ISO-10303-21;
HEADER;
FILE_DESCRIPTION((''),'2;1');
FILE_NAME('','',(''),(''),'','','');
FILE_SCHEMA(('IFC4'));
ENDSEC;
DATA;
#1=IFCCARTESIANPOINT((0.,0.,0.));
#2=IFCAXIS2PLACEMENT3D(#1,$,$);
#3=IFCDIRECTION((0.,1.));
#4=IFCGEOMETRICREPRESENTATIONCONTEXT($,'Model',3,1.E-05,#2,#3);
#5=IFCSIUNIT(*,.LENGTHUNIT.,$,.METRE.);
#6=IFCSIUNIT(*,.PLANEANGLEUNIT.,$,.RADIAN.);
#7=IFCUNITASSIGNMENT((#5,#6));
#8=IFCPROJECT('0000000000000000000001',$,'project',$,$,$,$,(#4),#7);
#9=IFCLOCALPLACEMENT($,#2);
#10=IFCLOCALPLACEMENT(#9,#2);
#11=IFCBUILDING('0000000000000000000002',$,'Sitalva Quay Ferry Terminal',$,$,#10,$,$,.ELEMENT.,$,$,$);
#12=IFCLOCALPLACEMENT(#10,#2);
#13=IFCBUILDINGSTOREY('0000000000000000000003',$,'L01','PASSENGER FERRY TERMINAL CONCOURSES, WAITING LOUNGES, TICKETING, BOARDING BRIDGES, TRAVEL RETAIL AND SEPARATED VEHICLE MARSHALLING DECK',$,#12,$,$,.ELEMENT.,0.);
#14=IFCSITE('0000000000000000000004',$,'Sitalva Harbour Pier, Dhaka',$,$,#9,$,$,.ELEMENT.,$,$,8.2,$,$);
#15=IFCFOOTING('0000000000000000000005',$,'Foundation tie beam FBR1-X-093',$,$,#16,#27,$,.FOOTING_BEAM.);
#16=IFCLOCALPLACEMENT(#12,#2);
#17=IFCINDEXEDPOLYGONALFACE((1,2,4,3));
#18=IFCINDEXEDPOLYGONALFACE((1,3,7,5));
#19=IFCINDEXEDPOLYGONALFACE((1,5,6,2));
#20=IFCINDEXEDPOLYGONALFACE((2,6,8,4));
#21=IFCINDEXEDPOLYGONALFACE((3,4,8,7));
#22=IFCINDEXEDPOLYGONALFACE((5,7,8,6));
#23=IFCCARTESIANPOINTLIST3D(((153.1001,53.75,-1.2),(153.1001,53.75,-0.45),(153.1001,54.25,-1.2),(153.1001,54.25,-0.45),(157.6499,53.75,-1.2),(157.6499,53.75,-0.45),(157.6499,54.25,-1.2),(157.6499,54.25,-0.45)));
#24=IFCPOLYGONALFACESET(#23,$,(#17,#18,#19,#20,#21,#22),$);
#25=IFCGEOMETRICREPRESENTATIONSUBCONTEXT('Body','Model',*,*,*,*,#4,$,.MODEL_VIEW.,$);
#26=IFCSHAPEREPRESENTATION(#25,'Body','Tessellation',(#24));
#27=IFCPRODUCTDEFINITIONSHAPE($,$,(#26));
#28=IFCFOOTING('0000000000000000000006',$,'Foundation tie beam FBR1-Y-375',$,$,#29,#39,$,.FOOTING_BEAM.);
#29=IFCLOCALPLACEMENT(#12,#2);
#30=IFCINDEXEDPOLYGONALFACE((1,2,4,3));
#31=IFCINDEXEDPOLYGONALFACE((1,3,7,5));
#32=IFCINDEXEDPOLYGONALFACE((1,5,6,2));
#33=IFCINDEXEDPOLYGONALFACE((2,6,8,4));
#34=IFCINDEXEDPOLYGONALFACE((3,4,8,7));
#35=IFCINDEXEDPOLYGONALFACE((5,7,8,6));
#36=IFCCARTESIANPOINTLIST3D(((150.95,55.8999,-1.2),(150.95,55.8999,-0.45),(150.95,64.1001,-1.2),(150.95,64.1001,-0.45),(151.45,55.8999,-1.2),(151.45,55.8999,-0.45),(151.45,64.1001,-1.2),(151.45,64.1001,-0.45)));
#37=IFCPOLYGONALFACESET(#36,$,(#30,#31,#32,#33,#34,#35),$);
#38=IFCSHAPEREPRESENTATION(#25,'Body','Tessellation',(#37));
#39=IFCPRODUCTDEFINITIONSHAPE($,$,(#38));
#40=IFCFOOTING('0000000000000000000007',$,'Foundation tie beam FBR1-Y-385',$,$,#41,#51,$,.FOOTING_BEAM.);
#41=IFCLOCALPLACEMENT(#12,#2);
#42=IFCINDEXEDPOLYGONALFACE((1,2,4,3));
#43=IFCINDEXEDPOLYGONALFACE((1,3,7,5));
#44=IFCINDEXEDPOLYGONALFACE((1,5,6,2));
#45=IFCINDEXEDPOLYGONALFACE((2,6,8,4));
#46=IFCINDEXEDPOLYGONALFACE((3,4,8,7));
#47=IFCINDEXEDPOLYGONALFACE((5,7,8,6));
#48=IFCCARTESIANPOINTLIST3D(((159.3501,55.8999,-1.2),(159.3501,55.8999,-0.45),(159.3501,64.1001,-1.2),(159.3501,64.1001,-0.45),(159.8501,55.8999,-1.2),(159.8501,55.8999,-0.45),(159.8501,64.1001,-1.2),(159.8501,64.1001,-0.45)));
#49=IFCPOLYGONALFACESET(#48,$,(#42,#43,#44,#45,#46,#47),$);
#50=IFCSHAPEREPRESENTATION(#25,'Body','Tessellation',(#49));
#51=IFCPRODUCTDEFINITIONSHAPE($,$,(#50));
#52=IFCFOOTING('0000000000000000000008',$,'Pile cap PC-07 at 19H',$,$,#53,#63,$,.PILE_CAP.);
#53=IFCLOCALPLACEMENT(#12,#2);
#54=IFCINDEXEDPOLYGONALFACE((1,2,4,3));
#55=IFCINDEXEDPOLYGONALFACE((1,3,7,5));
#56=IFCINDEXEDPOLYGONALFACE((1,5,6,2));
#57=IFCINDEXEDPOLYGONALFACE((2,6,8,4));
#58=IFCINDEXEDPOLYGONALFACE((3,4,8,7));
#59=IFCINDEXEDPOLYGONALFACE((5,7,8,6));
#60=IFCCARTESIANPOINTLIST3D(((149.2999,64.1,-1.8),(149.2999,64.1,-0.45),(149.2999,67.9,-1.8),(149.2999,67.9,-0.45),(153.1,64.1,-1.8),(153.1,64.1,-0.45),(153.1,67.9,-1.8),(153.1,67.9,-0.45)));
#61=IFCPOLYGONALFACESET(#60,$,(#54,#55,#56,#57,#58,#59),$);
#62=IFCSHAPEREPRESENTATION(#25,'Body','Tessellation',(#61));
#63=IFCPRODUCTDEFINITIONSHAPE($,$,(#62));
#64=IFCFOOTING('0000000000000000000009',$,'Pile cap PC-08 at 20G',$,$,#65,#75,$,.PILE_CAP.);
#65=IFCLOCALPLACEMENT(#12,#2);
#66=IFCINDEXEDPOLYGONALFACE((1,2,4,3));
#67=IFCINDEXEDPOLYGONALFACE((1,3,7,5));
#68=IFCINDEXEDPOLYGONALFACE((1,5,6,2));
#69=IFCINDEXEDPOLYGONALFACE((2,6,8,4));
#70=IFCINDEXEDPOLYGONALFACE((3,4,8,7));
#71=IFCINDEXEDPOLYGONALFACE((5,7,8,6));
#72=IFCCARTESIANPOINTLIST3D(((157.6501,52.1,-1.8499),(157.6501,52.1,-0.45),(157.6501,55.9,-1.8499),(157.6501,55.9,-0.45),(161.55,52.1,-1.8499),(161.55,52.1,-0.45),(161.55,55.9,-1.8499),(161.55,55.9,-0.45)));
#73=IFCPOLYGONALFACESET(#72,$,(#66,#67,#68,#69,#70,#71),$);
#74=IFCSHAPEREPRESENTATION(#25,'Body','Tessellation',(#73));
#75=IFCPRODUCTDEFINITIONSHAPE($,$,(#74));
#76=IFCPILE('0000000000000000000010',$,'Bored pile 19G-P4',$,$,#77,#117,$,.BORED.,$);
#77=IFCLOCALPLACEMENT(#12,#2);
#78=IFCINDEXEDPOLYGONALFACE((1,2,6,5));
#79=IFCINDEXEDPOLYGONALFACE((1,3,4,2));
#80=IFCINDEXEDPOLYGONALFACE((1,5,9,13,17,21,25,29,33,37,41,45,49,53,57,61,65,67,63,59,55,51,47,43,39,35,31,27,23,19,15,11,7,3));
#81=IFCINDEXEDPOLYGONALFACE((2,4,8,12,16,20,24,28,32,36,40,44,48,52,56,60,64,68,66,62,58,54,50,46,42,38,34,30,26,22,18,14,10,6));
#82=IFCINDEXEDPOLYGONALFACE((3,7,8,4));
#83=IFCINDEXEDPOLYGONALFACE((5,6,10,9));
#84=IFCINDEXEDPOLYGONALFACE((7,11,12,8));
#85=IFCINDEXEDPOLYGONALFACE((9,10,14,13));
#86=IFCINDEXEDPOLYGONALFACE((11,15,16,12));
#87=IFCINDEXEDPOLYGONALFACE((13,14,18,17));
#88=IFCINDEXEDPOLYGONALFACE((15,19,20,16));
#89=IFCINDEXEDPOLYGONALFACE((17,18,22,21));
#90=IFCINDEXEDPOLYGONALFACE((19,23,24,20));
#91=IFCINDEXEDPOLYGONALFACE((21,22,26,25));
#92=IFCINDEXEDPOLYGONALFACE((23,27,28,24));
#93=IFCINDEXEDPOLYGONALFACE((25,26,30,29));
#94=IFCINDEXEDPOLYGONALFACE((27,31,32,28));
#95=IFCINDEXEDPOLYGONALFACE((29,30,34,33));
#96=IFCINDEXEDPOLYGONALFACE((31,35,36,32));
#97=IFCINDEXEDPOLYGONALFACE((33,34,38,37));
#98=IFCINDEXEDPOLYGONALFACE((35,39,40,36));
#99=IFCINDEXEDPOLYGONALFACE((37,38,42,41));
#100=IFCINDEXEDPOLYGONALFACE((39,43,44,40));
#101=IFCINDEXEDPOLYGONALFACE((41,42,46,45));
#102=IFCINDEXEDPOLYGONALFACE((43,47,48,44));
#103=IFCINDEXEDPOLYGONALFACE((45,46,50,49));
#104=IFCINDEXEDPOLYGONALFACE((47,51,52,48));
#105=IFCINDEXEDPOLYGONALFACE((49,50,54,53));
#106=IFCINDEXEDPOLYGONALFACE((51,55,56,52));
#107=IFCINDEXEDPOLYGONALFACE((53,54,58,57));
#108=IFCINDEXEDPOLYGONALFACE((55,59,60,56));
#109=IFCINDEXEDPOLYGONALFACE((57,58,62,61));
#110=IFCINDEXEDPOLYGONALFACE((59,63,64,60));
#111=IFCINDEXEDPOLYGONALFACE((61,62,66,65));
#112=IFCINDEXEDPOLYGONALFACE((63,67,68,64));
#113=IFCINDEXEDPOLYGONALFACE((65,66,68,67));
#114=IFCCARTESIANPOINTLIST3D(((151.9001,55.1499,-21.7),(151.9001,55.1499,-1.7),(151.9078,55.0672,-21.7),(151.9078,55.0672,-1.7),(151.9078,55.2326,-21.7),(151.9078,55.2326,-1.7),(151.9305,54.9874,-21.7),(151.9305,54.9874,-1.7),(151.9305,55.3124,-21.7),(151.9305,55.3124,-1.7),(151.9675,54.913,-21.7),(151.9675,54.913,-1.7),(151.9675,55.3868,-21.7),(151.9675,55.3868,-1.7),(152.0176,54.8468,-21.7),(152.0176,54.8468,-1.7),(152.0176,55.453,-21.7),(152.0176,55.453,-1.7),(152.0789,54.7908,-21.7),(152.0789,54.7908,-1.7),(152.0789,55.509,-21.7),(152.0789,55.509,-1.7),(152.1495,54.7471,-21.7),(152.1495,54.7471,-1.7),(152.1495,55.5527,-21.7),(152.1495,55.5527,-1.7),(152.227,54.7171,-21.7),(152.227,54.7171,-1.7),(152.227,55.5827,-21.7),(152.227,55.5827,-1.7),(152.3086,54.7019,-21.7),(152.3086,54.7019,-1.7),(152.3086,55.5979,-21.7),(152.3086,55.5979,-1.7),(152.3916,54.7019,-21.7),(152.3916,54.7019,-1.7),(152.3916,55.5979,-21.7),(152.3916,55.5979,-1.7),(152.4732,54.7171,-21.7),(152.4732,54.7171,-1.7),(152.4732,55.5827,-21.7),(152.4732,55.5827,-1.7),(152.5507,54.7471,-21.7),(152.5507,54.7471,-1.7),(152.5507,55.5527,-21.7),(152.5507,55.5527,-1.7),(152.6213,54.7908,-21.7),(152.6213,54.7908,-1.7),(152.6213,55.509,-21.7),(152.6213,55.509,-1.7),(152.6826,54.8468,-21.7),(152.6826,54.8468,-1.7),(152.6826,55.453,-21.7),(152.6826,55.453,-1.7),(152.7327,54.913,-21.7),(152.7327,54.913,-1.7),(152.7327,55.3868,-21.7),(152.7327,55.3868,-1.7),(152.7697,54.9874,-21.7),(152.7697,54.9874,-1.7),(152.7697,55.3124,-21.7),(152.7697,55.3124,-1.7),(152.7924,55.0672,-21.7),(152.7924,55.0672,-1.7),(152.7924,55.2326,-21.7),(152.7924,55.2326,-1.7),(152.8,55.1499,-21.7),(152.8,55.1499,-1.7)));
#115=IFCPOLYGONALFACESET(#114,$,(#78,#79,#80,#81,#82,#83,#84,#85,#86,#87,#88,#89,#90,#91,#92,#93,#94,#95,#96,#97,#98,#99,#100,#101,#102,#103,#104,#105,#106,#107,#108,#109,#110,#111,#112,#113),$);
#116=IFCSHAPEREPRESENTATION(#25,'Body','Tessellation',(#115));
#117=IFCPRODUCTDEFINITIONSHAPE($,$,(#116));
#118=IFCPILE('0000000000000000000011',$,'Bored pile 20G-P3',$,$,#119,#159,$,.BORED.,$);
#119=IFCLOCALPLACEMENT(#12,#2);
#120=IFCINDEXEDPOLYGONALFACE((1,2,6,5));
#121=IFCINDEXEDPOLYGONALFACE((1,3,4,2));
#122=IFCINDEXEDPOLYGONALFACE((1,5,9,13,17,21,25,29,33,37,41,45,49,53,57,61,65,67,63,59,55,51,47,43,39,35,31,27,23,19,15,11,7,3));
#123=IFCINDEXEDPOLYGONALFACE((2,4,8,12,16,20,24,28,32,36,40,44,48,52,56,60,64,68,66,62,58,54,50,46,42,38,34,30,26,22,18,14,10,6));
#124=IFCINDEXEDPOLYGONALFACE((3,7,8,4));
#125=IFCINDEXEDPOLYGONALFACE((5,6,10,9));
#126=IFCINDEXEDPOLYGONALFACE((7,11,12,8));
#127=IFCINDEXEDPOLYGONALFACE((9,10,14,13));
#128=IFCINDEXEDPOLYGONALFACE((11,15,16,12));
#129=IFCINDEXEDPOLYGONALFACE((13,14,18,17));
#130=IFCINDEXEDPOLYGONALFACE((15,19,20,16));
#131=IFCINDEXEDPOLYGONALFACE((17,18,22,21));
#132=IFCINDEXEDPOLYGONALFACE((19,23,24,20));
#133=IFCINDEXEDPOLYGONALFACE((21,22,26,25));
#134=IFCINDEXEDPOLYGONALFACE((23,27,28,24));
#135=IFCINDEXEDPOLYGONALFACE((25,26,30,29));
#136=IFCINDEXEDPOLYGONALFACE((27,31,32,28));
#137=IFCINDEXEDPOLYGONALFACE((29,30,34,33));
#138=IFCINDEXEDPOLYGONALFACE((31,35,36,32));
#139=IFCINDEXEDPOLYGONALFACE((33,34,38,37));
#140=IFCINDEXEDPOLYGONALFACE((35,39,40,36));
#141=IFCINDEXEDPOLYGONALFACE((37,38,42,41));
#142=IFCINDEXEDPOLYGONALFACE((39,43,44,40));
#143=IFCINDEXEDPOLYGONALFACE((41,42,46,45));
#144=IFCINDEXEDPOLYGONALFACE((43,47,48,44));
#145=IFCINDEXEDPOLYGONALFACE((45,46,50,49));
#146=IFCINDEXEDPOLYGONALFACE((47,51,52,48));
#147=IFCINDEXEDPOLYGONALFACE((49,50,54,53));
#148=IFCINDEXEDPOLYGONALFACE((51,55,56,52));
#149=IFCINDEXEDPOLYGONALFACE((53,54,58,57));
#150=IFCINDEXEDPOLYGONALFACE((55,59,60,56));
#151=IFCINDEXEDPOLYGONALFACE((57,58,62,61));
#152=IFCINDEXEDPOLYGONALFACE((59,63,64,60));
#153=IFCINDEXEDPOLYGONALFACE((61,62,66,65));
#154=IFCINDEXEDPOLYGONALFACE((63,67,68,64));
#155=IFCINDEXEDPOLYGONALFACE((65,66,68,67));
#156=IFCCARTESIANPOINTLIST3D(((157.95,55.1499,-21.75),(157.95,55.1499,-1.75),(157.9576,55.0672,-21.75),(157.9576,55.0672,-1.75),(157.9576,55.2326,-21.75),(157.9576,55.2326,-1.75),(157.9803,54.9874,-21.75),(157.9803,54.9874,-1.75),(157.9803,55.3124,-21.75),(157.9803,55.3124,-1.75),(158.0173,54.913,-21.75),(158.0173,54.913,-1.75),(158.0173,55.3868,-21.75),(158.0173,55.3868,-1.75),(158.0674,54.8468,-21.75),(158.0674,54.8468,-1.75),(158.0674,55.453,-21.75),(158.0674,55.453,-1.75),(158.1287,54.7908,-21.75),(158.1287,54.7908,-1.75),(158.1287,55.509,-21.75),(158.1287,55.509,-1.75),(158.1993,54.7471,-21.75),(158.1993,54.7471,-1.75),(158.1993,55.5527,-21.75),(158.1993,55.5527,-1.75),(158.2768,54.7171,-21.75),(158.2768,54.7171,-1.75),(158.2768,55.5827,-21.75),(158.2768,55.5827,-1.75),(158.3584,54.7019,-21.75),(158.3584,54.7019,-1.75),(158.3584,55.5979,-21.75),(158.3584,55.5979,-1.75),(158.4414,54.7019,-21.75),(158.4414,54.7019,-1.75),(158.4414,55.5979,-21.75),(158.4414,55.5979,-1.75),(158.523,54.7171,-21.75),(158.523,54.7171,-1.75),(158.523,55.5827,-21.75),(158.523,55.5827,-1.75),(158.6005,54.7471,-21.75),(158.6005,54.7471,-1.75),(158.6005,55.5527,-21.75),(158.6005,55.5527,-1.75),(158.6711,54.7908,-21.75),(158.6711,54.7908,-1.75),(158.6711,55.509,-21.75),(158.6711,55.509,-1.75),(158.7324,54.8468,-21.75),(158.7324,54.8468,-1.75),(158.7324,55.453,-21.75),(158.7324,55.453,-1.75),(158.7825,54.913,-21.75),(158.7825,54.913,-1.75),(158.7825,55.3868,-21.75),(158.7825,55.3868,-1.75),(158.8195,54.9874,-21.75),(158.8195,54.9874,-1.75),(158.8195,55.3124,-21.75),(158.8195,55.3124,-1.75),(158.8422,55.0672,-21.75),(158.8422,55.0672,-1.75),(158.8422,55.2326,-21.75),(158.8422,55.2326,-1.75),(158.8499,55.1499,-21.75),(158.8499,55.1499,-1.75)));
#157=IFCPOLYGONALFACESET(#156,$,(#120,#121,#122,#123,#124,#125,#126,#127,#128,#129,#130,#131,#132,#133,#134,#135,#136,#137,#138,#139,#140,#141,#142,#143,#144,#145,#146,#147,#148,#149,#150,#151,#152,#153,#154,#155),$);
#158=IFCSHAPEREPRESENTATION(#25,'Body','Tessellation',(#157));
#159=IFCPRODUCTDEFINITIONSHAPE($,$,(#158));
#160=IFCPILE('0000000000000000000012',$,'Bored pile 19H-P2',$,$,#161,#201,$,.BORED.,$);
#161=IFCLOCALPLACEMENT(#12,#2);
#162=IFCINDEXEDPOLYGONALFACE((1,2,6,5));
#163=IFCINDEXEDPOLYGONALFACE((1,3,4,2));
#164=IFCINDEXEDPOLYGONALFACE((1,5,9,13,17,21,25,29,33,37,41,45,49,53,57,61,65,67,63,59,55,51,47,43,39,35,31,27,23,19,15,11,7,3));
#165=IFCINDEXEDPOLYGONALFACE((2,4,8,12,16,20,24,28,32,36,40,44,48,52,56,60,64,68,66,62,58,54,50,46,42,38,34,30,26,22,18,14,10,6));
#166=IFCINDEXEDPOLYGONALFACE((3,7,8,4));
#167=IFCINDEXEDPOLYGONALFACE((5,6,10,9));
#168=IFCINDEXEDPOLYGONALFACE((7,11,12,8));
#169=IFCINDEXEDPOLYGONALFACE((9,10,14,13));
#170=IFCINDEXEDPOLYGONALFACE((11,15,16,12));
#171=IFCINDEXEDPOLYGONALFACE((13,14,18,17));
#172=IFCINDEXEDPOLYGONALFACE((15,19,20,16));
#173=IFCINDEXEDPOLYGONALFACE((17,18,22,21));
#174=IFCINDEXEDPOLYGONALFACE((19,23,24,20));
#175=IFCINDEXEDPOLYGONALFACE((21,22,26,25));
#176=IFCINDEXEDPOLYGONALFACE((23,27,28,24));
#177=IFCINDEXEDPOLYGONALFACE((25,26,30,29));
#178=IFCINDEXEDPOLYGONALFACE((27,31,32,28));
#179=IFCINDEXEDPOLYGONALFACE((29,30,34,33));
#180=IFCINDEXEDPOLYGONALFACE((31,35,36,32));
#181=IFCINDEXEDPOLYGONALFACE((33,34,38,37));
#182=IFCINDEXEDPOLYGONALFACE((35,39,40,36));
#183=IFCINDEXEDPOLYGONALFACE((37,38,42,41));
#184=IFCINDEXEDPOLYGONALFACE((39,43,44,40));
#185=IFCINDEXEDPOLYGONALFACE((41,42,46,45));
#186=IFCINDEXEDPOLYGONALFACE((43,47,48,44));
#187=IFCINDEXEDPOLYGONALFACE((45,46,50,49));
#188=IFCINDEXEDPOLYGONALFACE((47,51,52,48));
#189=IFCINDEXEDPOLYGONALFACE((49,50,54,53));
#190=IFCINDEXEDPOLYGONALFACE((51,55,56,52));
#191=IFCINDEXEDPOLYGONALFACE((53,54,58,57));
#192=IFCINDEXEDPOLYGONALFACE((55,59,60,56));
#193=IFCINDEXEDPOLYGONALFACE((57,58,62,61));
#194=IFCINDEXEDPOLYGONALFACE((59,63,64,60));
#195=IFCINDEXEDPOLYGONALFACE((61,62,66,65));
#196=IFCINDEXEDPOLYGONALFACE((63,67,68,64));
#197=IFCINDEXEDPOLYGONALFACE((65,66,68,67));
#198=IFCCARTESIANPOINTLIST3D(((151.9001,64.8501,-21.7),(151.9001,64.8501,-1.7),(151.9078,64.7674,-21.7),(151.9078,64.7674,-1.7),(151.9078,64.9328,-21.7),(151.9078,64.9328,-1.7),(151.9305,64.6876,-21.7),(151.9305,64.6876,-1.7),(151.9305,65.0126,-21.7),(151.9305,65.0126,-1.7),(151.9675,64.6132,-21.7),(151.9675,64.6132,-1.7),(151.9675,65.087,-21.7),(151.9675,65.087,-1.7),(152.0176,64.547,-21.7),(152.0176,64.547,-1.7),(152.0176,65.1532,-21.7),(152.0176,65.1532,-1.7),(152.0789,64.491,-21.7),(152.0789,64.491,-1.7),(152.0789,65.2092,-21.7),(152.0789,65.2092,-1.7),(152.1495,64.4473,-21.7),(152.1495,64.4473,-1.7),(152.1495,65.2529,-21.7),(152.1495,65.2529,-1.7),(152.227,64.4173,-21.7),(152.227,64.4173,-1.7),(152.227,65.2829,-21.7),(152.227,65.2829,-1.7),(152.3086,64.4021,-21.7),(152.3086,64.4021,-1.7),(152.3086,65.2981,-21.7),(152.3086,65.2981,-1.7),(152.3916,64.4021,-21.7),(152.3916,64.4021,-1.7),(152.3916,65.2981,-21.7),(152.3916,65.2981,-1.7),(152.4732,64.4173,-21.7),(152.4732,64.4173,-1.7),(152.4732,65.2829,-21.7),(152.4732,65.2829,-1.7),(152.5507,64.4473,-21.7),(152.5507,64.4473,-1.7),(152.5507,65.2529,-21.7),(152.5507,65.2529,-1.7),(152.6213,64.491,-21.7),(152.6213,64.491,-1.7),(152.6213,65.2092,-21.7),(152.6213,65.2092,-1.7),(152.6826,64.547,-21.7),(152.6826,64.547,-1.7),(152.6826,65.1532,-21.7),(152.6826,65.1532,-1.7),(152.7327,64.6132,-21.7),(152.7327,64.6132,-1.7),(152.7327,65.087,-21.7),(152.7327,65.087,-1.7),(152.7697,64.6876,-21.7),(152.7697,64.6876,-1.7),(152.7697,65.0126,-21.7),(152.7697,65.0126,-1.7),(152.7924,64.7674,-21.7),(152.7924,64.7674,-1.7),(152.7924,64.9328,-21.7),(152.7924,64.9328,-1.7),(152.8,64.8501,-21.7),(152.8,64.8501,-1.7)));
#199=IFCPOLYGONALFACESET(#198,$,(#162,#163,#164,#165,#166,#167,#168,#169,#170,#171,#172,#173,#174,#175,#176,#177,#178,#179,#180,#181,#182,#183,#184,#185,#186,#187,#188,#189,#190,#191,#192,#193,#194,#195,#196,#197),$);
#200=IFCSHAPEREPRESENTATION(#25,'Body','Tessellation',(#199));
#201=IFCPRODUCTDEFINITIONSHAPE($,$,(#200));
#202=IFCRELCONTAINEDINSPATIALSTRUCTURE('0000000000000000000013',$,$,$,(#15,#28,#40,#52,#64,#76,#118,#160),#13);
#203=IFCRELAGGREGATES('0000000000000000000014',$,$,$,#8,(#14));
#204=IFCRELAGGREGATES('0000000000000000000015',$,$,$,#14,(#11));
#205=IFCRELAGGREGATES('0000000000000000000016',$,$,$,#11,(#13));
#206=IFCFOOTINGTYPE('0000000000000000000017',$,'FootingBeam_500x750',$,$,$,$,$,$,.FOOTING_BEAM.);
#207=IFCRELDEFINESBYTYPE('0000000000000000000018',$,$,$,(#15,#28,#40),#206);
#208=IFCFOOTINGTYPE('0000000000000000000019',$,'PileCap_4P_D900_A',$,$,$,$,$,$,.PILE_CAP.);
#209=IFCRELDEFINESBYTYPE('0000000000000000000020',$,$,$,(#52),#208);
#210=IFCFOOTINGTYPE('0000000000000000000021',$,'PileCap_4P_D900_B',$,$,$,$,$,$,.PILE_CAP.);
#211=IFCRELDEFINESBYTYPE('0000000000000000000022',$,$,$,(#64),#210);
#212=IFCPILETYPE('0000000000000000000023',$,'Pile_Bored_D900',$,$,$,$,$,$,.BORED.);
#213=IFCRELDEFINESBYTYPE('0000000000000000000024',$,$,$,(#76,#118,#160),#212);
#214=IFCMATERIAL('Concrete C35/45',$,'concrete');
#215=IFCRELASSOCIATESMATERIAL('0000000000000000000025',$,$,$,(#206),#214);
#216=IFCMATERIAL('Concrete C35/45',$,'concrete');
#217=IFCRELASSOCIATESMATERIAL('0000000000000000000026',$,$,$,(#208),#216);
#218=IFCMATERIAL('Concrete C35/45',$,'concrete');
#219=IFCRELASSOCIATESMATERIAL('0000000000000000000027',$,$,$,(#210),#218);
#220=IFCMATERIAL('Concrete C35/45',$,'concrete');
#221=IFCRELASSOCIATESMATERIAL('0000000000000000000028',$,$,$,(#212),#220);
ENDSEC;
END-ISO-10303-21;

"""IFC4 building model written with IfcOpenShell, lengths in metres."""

from ifc_helpers import new_model, si_unit, direction, frame, origin, origin_2d, place, context, subcontext, project, spatial, rectangle, circle, extrude, material, material_profile, profile_set, type_object, element, save


model = new_model("IFC4")

# Units and contexts
model_context = context("Model", 3, precision=1e-05, world=origin(), true_north=direction((0.0, 1.0)))
body_context = subcontext(model_context, "Body", "Model", "MODEL_VIEW")
ifc_project = project(units=[si_unit("LENGTHUNIT", "METRE"), si_unit("PLANEANGLEUNIT", "RADIAN")], contexts=[model_context])

# Site, building, storey
site_placement = place(None, origin())
site = spatial("IfcSite", under=ifc_project, at=site_placement, Name="Sitalva Harbour Pier, Dhaka", CompositionType="ELEMENT", RefElevation=8.2)
building_placement = place(site_placement, origin())
building = spatial("IfcBuilding", under=site, at=building_placement, Name="Sitalva Quay Ferry Terminal", CompositionType="ELEMENT")
storey_placement = place(building_placement, origin())
storey = spatial("IfcBuildingStorey", under=building, at=storey_placement, Name="L01", Description="PASSENGER FERRY TERMINAL CONCOURSES, WAITING LOUNGES, TICKETING, BOARDING BRIDGES, TRAVEL RETAIL AND SEPARATED VEHICLE MARSHALLING DECK", CompositionType="ELEMENT", Elevation=0.0)

# Footings
ifc_material_1 = material(Name="Concrete C35/45", Category="concrete")
ifc_material_profile_1 = material_profile(ifc_material_1, rectangle(XDim=0.5, YDim=0.75, at=origin_2d()), Name="RC500x750")
ifc_profile_set_1 = profile_set([ifc_material_profile_1], Name="Concrete C35/45")
footing_type_1 = type_object("IfcFootingType", Name="FootingBeam_500x750", PredefinedType="FOOTING_BEAM", material=ifc_profile_set_1)
footing_1_placement = place(storey_placement, frame((153.1001, 54.0, -0.825), z_axis=(1.0, 0.0, 0.0), x_axis=(0.0, 1.0, 0.0)))
element("IfcFooting", 1, at=footing_1_placement, inside=storey, type_object=footing_type_1, Name="Foundation tie beam FBR1-X-093", PredefinedType="FOOTING_BEAM", context=body_context, shape_type="SweptSolid", body=[
    extrude(rectangle(XDim=0.5, YDim=0.75, at=origin_2d()), origin(), (0.0, 0.0, 1.0), 4.5498),
])
for number, where, z_axis, x_axis, name in (
    (2, (151.2, 55.8999, -0.825), (0.0, 1.0, 0.0), (-1.0, 0.0, 0.0), "Foundation tie beam FBR1-Y-375"),
    (3, (159.6001, 55.8999, -0.825), (0.0, 1.0, 0.0), (-1.0, 0.0, 0.0), "Foundation tie beam FBR1-Y-385"),
):
    element("IfcFooting", number, at=place(storey_placement, frame(where, z_axis=z_axis, x_axis=x_axis)), inside=storey, type_object=footing_type_1, Name=name, PredefinedType="FOOTING_BEAM", context=body_context, shape_type="SweptSolid", body=[
        extrude(rectangle(XDim=0.5, YDim=0.75, at=origin_2d()), origin(), (0.0, 0.0, 1.0), 8.2002),
    ])
ifc_material_2 = material(Name="Concrete C35/45", Category="concrete")
footing_type_2 = type_object("IfcFootingType", Name="PileCap_4P_D900_A", PredefinedType="PILE_CAP", material=ifc_material_2)
footing_2_placement = place(storey_placement, frame((151.2, 66.0, -1.8), z_axis=(0.0, 0.0, 1.0), x_axis=(1.0, 0.0, 0.0)))
element("IfcFooting", 4, at=footing_2_placement, inside=storey, type_object=footing_type_2, Name="Pile cap PC-07 at 19H", PredefinedType="PILE_CAP", context=body_context, shape_type="SweptSolid", body=[
    extrude(rectangle(XDim=3.8, YDim=3.8, at=origin_2d()), origin(), (0.0, 0.0, 1.0), 1.3501),
])
ifc_material_3 = material(Name="Concrete C35/45", Category="concrete")
footing_type_3 = type_object("IfcFootingType", Name="PileCap_4P_D900_B", PredefinedType="PILE_CAP", material=ifc_material_3)
footing_3_placement = place(storey_placement, frame((159.6001, 54.0, -1.8499), z_axis=(0.0, 0.0, 1.0), x_axis=(1.0, 0.0, 0.0)))
element("IfcFooting", 5, at=footing_3_placement, inside=storey, type_object=footing_type_3, Name="Pile cap PC-08 at 20G", PredefinedType="PILE_CAP", context=body_context, shape_type="SweptSolid", body=[
    extrude(rectangle(XDim=3.8999, YDim=3.8, at=origin_2d()), origin(), (0.0, 0.0, 1.0), 1.3999),
])

# Piles
ifc_material_4 = material(Name="Concrete C35/45", Category="concrete")
ifc_material_profile_2 = material_profile(ifc_material_4, circle(Radius=0.45, at=origin_2d()), Name="PILE-D900")
ifc_profile_set_2 = profile_set([ifc_material_profile_2], Name="Concrete C35/45")
pile_type = type_object("IfcPileType", Name="Pile_Bored_D900", PredefinedType="BORED", material=ifc_profile_set_2)
for number, where, z_axis, x_axis, name in (
    (6, (152.3501, 55.1499, -1.7), (0.0, 0.0, -1.0), (1.0, 0.0, 0.0), "Bored pile 19G-P4"),
    (7, (158.3999, 55.1499, -1.75), (0.0, 0.0, -1.0), (1.0, 0.0, 0.0), "Bored pile 20G-P3"),
    (8, (152.3501, 64.8501, -1.7), (0.0, 0.0, -1.0), (1.0, 0.0, 0.0), "Bored pile 19H-P2"),
):
    element("IfcPile", number, at=place(storey_placement, frame(where, z_axis=z_axis, x_axis=x_axis)), inside=storey, type_object=pile_type, Name=name, PredefinedType="BORED", context=body_context, shape_type="SweptSolid", body=[
        extrude(circle(Radius=0.45, at=origin_2d()), origin(), (0.0, 0.0, 1.0), 20.0),
    ])

save(model, "model.ifc")
